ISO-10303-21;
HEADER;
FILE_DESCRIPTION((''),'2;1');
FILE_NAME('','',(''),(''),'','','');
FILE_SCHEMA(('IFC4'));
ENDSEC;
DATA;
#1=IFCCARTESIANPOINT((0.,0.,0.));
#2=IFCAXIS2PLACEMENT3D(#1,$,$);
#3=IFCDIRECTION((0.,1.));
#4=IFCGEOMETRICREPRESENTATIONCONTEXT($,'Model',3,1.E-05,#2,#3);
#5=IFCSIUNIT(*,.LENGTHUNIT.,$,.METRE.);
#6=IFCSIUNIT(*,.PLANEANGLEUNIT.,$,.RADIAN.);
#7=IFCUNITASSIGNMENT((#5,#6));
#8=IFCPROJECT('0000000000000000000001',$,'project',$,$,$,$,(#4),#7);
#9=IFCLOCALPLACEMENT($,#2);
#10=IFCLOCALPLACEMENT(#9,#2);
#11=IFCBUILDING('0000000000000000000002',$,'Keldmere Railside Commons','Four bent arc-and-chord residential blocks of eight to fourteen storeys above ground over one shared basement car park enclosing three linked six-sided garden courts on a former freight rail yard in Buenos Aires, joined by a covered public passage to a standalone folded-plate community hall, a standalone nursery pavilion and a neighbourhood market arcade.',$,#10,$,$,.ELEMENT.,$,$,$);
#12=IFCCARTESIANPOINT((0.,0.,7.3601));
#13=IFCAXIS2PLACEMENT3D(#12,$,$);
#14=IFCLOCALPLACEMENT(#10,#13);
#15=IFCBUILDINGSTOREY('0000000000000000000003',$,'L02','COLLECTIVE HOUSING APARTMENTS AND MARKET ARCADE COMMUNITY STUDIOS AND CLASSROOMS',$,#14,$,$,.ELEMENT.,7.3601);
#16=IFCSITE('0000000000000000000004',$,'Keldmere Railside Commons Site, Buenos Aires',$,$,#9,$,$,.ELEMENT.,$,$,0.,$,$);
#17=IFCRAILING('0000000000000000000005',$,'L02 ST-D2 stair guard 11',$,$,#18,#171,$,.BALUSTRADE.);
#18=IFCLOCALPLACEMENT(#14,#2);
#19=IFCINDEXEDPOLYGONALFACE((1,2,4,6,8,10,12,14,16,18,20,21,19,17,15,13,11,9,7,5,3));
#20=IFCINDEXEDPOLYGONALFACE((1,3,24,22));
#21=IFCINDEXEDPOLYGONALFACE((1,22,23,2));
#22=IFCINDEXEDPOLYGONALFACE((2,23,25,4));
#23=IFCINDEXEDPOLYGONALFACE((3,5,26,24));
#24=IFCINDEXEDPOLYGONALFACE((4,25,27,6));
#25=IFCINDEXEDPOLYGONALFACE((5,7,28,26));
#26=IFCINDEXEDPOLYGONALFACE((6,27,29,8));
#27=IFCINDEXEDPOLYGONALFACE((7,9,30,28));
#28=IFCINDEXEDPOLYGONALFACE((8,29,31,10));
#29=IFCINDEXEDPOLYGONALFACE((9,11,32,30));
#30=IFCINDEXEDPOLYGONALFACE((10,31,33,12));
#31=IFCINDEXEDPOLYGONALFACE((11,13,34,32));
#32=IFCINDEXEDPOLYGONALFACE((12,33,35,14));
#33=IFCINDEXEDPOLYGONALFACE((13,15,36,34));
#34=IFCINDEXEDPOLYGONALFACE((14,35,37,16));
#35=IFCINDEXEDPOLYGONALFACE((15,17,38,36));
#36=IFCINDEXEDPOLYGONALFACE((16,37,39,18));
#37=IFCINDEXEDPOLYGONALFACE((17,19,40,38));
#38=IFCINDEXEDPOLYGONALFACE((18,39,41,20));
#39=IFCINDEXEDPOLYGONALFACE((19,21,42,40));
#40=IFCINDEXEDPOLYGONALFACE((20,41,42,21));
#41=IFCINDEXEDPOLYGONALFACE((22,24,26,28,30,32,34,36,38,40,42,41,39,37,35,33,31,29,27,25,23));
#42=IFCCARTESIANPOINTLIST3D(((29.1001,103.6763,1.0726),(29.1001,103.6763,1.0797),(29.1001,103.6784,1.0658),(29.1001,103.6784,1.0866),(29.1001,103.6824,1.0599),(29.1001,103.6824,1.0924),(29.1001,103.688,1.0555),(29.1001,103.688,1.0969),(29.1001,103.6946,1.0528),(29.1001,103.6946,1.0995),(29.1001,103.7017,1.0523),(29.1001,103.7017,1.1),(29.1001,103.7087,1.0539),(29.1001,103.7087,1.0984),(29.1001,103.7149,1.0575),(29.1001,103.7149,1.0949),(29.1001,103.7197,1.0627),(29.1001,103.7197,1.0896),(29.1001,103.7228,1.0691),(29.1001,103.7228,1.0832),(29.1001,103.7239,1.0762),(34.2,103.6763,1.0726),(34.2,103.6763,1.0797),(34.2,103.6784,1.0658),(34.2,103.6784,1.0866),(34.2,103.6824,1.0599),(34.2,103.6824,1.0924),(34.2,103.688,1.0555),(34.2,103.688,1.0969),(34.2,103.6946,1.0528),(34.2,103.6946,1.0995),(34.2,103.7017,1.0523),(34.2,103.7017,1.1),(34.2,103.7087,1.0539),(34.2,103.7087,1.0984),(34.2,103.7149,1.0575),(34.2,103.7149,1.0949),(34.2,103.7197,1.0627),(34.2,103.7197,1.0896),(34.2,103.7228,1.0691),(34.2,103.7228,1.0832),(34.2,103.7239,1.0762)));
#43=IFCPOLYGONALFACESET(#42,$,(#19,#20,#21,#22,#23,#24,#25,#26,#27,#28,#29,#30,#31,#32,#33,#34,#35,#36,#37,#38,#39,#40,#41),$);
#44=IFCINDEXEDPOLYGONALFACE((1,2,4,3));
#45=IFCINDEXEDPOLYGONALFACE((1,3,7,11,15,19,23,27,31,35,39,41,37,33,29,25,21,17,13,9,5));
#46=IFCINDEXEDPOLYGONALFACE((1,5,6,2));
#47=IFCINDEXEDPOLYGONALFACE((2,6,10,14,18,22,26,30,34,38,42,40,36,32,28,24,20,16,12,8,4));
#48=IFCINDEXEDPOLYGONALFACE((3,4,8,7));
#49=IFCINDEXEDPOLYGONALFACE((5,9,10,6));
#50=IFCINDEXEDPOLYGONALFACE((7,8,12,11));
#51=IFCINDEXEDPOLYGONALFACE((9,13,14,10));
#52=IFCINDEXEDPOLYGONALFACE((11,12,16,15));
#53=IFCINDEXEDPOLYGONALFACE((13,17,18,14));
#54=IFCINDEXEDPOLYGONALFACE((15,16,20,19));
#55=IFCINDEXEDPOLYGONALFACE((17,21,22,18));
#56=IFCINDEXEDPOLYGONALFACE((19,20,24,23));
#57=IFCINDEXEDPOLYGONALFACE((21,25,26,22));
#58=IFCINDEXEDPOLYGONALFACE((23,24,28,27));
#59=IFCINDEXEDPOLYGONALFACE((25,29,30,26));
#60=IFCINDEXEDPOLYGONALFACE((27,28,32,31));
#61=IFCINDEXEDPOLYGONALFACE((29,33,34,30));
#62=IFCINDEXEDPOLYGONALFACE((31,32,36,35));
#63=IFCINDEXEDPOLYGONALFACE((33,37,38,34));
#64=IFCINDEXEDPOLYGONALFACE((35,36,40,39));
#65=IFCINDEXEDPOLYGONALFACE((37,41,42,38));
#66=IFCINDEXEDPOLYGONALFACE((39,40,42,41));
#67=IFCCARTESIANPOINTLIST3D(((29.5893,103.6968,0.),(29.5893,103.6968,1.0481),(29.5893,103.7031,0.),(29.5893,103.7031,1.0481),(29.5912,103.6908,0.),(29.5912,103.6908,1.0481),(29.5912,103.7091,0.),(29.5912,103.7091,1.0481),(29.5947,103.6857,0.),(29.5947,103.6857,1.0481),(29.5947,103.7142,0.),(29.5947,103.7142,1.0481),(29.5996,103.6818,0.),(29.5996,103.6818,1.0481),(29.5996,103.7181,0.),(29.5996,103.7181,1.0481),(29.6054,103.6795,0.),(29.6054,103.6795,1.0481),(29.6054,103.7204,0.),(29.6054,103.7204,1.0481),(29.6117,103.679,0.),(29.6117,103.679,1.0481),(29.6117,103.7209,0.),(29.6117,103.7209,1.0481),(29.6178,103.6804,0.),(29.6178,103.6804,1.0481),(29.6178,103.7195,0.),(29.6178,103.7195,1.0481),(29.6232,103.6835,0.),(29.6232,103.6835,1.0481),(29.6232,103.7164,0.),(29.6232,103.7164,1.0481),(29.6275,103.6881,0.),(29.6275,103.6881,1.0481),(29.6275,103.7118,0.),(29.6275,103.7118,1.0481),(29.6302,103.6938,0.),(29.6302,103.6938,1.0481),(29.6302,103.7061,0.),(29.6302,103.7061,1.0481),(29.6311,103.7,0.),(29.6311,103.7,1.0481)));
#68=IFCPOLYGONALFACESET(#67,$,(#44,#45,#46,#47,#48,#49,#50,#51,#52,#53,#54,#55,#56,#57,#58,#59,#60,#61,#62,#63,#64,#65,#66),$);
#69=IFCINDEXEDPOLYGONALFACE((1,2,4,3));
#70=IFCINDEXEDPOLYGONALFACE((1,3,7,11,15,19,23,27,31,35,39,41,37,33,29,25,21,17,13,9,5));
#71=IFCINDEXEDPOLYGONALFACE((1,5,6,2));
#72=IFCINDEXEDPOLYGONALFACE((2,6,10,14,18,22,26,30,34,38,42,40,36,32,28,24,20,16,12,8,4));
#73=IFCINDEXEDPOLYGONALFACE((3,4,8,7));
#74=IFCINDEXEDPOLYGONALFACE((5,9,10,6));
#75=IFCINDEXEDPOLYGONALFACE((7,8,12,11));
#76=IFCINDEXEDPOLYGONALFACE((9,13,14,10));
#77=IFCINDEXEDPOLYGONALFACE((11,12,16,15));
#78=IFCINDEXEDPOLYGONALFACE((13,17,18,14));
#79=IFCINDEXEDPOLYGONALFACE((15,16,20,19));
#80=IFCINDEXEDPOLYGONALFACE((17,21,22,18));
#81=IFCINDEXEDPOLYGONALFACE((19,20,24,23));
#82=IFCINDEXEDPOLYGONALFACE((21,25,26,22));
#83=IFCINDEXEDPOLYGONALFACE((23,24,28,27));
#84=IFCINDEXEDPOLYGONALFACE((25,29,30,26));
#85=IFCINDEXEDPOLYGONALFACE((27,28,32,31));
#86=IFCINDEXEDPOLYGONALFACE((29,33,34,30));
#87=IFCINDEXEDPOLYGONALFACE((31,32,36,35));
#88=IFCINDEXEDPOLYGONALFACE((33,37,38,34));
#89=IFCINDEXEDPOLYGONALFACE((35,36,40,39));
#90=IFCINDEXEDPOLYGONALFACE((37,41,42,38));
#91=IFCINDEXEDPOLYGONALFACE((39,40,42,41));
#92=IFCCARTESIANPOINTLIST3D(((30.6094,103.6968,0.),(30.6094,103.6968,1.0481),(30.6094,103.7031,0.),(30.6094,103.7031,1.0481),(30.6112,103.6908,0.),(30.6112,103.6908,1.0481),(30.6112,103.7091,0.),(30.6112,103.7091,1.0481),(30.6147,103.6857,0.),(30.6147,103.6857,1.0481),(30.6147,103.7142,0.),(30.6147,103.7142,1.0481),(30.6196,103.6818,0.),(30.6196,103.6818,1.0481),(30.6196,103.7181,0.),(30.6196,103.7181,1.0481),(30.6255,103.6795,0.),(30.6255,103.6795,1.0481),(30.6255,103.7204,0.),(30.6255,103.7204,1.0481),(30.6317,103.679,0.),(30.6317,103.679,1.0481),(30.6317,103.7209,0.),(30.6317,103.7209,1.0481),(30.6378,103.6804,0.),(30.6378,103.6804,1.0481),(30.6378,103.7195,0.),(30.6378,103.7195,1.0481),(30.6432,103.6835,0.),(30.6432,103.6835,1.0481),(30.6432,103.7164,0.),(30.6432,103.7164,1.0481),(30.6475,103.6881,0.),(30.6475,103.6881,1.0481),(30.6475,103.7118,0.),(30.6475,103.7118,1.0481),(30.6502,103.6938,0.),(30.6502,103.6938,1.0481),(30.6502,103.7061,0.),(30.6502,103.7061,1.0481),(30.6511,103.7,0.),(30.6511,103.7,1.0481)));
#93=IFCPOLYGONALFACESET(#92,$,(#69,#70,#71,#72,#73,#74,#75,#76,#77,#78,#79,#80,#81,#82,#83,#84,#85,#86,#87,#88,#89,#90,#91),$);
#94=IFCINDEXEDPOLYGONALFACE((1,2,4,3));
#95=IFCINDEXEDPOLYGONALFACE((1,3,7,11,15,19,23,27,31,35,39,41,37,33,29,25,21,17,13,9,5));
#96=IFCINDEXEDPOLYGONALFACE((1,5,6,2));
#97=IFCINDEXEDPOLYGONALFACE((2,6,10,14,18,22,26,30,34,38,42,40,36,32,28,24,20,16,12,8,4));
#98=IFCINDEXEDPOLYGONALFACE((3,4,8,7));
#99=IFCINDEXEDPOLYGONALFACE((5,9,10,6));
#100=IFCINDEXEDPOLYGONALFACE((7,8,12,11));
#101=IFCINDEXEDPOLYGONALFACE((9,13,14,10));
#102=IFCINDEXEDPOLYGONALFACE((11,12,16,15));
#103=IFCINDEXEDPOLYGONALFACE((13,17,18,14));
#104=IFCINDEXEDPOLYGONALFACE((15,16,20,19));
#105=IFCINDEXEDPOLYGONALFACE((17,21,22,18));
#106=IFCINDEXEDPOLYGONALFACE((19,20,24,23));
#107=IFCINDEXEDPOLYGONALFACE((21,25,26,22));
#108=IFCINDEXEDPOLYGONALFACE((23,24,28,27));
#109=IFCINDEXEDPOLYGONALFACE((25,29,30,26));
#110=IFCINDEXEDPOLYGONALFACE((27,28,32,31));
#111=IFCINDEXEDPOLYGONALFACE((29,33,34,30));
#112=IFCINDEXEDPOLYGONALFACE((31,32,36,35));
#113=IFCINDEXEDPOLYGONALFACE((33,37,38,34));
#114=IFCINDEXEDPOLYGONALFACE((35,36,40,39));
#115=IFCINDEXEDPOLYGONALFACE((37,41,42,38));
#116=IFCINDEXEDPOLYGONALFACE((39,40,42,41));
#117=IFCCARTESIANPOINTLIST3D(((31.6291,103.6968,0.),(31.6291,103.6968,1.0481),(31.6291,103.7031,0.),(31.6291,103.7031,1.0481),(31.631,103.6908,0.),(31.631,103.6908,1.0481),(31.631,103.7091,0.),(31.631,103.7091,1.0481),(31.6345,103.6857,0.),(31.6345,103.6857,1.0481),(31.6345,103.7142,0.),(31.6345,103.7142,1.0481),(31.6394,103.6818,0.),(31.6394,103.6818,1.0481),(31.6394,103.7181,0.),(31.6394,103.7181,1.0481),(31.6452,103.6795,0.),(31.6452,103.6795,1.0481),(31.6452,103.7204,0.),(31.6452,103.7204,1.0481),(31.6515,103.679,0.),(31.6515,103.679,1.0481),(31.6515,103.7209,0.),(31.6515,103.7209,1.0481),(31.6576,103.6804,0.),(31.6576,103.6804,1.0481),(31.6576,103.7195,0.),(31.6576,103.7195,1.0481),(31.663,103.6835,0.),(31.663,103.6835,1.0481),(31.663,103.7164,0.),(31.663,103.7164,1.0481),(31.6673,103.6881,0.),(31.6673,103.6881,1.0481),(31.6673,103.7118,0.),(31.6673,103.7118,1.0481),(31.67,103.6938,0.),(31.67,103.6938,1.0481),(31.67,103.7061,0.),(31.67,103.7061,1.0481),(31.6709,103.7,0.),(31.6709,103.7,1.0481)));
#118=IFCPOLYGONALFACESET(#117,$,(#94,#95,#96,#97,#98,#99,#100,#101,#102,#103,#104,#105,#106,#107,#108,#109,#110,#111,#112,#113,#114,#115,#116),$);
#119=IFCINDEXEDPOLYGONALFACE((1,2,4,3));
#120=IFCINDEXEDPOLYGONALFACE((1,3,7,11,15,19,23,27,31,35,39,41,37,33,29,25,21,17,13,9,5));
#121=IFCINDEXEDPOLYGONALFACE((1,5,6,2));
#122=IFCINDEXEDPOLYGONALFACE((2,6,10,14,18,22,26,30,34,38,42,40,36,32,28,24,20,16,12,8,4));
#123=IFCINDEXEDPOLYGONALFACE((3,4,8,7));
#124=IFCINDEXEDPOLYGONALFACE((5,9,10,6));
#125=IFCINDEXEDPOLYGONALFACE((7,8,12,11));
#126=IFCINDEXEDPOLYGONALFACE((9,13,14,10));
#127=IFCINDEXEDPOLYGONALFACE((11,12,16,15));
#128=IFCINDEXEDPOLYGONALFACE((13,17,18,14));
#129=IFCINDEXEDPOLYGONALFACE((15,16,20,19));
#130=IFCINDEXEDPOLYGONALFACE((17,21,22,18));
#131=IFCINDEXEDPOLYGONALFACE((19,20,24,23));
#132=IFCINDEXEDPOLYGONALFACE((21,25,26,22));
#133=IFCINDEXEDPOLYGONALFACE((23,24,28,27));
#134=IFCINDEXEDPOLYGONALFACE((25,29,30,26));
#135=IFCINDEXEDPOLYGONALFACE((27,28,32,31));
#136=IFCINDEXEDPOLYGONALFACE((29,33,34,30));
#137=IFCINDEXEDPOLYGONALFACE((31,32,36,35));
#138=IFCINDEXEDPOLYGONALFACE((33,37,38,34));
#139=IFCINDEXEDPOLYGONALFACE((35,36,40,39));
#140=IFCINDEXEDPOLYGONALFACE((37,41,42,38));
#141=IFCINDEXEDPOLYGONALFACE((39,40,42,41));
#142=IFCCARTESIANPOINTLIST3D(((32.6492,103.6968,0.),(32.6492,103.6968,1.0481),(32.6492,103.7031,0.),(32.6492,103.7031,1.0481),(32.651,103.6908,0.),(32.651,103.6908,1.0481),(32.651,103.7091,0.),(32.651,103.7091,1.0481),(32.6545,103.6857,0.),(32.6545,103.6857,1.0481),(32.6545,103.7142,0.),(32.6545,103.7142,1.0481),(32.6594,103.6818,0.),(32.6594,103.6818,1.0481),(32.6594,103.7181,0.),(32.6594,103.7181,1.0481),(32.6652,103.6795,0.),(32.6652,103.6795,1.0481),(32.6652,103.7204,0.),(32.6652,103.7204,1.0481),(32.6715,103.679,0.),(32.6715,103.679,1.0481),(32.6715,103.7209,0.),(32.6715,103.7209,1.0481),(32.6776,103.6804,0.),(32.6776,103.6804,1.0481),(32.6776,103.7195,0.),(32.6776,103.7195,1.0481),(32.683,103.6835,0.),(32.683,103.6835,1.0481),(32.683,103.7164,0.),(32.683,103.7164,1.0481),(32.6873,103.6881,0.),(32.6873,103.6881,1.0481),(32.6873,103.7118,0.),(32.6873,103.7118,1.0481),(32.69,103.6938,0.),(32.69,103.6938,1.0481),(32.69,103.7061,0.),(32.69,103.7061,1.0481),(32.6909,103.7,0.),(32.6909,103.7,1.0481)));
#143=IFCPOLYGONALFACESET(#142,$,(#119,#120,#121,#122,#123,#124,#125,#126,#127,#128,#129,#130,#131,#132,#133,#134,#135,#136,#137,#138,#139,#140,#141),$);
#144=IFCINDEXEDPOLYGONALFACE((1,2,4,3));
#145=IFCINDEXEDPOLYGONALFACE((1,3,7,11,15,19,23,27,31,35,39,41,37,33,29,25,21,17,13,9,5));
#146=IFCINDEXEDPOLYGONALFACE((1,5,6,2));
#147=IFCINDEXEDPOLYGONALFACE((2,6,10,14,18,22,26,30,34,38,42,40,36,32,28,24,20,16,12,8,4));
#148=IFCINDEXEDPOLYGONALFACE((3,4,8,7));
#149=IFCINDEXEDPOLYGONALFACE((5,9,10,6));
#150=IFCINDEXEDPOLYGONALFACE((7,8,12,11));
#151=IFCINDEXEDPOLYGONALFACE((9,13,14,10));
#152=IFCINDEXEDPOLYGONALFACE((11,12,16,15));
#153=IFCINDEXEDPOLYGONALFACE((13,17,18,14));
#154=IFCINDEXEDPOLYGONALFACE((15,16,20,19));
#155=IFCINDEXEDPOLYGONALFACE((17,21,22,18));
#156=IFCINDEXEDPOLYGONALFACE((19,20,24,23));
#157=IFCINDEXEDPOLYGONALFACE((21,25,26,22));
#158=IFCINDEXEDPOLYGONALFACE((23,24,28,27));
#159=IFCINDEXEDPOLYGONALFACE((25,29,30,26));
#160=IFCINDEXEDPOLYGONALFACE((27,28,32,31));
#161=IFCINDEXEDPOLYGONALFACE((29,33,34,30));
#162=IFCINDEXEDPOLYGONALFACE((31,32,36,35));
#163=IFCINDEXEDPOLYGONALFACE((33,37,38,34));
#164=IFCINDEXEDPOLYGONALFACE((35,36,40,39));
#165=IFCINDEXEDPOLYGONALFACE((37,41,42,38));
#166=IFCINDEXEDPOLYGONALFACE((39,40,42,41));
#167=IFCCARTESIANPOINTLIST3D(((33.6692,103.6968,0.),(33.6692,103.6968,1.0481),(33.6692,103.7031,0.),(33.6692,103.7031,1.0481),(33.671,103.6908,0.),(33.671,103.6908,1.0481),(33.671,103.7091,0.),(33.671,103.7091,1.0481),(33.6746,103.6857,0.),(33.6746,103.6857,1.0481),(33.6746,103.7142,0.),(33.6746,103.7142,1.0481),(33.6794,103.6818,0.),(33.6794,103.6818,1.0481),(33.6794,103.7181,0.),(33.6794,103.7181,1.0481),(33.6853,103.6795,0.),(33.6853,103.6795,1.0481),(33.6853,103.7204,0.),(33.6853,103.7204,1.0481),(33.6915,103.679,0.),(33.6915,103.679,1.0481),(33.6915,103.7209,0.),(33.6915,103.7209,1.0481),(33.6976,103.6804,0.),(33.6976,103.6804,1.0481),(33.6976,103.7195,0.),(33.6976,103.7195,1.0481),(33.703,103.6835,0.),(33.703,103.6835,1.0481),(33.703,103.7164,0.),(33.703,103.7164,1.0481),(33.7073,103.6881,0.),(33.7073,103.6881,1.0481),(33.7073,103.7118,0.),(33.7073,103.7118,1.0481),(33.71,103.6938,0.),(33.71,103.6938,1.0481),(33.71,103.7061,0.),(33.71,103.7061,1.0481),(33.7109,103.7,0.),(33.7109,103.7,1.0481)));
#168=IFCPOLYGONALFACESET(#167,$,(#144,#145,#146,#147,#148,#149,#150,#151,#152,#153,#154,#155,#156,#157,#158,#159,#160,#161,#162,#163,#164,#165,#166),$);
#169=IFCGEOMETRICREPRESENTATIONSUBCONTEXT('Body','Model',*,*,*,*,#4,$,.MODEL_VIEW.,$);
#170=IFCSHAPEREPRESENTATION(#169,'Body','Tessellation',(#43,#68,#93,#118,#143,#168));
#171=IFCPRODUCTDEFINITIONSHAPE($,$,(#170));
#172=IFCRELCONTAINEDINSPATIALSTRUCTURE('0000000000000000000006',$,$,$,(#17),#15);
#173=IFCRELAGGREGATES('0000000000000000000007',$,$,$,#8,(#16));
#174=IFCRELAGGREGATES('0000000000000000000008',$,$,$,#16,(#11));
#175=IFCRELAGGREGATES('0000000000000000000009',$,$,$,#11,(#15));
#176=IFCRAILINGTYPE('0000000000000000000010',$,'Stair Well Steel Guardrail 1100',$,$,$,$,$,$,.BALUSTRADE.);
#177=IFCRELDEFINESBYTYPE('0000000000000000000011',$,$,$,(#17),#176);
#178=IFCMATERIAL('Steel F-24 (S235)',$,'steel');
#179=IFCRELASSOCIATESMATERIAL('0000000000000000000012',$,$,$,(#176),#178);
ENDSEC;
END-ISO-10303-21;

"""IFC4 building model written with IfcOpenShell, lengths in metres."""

from ifc_helpers import new_model, si_unit, direction, frame, origin, origin_2d, place, context, subcontext, project, spatial, circle, extrude, material, type_object, element, save


model = new_model("IFC4")

# Units and contexts
model_context = context("Model", 3, precision=1e-05, world=origin(), true_north=direction((0.0, 1.0)))
body_context = subcontext(model_context, "Body", "Model", "MODEL_VIEW")
ifc_project = project(units=[si_unit("LENGTHUNIT", "METRE"), si_unit("PLANEANGLEUNIT", "RADIAN")], contexts=[model_context])

# Site, building, storey
site_placement = place(None, origin())
site = spatial("IfcSite", under=ifc_project, at=site_placement, Name="Keldmere Railside Commons Site, Buenos Aires", CompositionType="ELEMENT", RefElevation=0.0)
building_placement = place(site_placement, origin())
building = spatial("IfcBuilding", under=site, at=building_placement, Name="Keldmere Railside Commons", Description="Four bent arc-and-chord residential blocks of eight to fourteen storeys above ground over one shared basement car park enclosing three linked six-sided garden courts on a former freight rail yard in Buenos Aires, joined by a covered public passage to a standalone folded-plate community hall, a standalone nursery pavilion and a neighbourhood market arcade.", CompositionType="ELEMENT")
storey_placement = place(building_placement, frame((0.0, 0.0, 7.3601)))
storey = spatial("IfcBuildingStorey", under=building, at=storey_placement, Name="L02", Description="COLLECTIVE HOUSING APARTMENTS AND MARKET ARCADE COMMUNITY STUDIOS AND CLASSROOMS", CompositionType="ELEMENT", Elevation=7.3601)

# Railing
ifc_material_1 = material(Name="Steel F-24 (S235)", Category="steel")
railing_type_1 = type_object("IfcRailingType", Name="Stair Well Steel Guardrail 1100", PredefinedType="BALUSTRADE", material=ifc_material_1)
railing_1_placement = place(storey_placement, frame((29.1001, 103.7, 0.0)))
element("IfcRailing", 1, at=railing_1_placement, inside=storey, type_object=railing_type_1, Name="L02 ST-D2 stair guard 11", PredefinedType="BALUSTRADE", context=body_context, shape_type="SweptSolid", body=[
    extrude(circle(Radius=0.0239, at=origin_2d()), frame((0.0, 0.0, 1.0762), z_axis=(1.0, 0.0, 0.0), x_axis=(0.0, 1.0, 0.0)), (0.0, 0.0, 1.0), 5.0999),
    extrude(circle(Radius=0.021, at=origin_2d()), frame((0.51, 0.0, 0.0)), (0.0, 0.0, 1.0), 1.0481),
    extrude(circle(Radius=0.021, at=origin_2d()), frame((1.53, 0.0, 0.0)), (0.0, 0.0, 1.0), 1.0481),
    extrude(circle(Radius=0.021, at=origin_2d()), frame((2.5498, 0.0, 0.0)), (0.0, 0.0, 1.0), 1.0481),
    extrude(circle(Radius=0.021, at=origin_2d()), frame((3.5698, 0.0, 0.0)), (0.0, 0.0, 1.0), 1.0481),
    extrude(circle(Radius=0.021, at=origin_2d()), frame((4.5898, 0.0, 0.0)), (0.0, 0.0, 1.0), 1.0481),
])

save(model, "model.ifc")
